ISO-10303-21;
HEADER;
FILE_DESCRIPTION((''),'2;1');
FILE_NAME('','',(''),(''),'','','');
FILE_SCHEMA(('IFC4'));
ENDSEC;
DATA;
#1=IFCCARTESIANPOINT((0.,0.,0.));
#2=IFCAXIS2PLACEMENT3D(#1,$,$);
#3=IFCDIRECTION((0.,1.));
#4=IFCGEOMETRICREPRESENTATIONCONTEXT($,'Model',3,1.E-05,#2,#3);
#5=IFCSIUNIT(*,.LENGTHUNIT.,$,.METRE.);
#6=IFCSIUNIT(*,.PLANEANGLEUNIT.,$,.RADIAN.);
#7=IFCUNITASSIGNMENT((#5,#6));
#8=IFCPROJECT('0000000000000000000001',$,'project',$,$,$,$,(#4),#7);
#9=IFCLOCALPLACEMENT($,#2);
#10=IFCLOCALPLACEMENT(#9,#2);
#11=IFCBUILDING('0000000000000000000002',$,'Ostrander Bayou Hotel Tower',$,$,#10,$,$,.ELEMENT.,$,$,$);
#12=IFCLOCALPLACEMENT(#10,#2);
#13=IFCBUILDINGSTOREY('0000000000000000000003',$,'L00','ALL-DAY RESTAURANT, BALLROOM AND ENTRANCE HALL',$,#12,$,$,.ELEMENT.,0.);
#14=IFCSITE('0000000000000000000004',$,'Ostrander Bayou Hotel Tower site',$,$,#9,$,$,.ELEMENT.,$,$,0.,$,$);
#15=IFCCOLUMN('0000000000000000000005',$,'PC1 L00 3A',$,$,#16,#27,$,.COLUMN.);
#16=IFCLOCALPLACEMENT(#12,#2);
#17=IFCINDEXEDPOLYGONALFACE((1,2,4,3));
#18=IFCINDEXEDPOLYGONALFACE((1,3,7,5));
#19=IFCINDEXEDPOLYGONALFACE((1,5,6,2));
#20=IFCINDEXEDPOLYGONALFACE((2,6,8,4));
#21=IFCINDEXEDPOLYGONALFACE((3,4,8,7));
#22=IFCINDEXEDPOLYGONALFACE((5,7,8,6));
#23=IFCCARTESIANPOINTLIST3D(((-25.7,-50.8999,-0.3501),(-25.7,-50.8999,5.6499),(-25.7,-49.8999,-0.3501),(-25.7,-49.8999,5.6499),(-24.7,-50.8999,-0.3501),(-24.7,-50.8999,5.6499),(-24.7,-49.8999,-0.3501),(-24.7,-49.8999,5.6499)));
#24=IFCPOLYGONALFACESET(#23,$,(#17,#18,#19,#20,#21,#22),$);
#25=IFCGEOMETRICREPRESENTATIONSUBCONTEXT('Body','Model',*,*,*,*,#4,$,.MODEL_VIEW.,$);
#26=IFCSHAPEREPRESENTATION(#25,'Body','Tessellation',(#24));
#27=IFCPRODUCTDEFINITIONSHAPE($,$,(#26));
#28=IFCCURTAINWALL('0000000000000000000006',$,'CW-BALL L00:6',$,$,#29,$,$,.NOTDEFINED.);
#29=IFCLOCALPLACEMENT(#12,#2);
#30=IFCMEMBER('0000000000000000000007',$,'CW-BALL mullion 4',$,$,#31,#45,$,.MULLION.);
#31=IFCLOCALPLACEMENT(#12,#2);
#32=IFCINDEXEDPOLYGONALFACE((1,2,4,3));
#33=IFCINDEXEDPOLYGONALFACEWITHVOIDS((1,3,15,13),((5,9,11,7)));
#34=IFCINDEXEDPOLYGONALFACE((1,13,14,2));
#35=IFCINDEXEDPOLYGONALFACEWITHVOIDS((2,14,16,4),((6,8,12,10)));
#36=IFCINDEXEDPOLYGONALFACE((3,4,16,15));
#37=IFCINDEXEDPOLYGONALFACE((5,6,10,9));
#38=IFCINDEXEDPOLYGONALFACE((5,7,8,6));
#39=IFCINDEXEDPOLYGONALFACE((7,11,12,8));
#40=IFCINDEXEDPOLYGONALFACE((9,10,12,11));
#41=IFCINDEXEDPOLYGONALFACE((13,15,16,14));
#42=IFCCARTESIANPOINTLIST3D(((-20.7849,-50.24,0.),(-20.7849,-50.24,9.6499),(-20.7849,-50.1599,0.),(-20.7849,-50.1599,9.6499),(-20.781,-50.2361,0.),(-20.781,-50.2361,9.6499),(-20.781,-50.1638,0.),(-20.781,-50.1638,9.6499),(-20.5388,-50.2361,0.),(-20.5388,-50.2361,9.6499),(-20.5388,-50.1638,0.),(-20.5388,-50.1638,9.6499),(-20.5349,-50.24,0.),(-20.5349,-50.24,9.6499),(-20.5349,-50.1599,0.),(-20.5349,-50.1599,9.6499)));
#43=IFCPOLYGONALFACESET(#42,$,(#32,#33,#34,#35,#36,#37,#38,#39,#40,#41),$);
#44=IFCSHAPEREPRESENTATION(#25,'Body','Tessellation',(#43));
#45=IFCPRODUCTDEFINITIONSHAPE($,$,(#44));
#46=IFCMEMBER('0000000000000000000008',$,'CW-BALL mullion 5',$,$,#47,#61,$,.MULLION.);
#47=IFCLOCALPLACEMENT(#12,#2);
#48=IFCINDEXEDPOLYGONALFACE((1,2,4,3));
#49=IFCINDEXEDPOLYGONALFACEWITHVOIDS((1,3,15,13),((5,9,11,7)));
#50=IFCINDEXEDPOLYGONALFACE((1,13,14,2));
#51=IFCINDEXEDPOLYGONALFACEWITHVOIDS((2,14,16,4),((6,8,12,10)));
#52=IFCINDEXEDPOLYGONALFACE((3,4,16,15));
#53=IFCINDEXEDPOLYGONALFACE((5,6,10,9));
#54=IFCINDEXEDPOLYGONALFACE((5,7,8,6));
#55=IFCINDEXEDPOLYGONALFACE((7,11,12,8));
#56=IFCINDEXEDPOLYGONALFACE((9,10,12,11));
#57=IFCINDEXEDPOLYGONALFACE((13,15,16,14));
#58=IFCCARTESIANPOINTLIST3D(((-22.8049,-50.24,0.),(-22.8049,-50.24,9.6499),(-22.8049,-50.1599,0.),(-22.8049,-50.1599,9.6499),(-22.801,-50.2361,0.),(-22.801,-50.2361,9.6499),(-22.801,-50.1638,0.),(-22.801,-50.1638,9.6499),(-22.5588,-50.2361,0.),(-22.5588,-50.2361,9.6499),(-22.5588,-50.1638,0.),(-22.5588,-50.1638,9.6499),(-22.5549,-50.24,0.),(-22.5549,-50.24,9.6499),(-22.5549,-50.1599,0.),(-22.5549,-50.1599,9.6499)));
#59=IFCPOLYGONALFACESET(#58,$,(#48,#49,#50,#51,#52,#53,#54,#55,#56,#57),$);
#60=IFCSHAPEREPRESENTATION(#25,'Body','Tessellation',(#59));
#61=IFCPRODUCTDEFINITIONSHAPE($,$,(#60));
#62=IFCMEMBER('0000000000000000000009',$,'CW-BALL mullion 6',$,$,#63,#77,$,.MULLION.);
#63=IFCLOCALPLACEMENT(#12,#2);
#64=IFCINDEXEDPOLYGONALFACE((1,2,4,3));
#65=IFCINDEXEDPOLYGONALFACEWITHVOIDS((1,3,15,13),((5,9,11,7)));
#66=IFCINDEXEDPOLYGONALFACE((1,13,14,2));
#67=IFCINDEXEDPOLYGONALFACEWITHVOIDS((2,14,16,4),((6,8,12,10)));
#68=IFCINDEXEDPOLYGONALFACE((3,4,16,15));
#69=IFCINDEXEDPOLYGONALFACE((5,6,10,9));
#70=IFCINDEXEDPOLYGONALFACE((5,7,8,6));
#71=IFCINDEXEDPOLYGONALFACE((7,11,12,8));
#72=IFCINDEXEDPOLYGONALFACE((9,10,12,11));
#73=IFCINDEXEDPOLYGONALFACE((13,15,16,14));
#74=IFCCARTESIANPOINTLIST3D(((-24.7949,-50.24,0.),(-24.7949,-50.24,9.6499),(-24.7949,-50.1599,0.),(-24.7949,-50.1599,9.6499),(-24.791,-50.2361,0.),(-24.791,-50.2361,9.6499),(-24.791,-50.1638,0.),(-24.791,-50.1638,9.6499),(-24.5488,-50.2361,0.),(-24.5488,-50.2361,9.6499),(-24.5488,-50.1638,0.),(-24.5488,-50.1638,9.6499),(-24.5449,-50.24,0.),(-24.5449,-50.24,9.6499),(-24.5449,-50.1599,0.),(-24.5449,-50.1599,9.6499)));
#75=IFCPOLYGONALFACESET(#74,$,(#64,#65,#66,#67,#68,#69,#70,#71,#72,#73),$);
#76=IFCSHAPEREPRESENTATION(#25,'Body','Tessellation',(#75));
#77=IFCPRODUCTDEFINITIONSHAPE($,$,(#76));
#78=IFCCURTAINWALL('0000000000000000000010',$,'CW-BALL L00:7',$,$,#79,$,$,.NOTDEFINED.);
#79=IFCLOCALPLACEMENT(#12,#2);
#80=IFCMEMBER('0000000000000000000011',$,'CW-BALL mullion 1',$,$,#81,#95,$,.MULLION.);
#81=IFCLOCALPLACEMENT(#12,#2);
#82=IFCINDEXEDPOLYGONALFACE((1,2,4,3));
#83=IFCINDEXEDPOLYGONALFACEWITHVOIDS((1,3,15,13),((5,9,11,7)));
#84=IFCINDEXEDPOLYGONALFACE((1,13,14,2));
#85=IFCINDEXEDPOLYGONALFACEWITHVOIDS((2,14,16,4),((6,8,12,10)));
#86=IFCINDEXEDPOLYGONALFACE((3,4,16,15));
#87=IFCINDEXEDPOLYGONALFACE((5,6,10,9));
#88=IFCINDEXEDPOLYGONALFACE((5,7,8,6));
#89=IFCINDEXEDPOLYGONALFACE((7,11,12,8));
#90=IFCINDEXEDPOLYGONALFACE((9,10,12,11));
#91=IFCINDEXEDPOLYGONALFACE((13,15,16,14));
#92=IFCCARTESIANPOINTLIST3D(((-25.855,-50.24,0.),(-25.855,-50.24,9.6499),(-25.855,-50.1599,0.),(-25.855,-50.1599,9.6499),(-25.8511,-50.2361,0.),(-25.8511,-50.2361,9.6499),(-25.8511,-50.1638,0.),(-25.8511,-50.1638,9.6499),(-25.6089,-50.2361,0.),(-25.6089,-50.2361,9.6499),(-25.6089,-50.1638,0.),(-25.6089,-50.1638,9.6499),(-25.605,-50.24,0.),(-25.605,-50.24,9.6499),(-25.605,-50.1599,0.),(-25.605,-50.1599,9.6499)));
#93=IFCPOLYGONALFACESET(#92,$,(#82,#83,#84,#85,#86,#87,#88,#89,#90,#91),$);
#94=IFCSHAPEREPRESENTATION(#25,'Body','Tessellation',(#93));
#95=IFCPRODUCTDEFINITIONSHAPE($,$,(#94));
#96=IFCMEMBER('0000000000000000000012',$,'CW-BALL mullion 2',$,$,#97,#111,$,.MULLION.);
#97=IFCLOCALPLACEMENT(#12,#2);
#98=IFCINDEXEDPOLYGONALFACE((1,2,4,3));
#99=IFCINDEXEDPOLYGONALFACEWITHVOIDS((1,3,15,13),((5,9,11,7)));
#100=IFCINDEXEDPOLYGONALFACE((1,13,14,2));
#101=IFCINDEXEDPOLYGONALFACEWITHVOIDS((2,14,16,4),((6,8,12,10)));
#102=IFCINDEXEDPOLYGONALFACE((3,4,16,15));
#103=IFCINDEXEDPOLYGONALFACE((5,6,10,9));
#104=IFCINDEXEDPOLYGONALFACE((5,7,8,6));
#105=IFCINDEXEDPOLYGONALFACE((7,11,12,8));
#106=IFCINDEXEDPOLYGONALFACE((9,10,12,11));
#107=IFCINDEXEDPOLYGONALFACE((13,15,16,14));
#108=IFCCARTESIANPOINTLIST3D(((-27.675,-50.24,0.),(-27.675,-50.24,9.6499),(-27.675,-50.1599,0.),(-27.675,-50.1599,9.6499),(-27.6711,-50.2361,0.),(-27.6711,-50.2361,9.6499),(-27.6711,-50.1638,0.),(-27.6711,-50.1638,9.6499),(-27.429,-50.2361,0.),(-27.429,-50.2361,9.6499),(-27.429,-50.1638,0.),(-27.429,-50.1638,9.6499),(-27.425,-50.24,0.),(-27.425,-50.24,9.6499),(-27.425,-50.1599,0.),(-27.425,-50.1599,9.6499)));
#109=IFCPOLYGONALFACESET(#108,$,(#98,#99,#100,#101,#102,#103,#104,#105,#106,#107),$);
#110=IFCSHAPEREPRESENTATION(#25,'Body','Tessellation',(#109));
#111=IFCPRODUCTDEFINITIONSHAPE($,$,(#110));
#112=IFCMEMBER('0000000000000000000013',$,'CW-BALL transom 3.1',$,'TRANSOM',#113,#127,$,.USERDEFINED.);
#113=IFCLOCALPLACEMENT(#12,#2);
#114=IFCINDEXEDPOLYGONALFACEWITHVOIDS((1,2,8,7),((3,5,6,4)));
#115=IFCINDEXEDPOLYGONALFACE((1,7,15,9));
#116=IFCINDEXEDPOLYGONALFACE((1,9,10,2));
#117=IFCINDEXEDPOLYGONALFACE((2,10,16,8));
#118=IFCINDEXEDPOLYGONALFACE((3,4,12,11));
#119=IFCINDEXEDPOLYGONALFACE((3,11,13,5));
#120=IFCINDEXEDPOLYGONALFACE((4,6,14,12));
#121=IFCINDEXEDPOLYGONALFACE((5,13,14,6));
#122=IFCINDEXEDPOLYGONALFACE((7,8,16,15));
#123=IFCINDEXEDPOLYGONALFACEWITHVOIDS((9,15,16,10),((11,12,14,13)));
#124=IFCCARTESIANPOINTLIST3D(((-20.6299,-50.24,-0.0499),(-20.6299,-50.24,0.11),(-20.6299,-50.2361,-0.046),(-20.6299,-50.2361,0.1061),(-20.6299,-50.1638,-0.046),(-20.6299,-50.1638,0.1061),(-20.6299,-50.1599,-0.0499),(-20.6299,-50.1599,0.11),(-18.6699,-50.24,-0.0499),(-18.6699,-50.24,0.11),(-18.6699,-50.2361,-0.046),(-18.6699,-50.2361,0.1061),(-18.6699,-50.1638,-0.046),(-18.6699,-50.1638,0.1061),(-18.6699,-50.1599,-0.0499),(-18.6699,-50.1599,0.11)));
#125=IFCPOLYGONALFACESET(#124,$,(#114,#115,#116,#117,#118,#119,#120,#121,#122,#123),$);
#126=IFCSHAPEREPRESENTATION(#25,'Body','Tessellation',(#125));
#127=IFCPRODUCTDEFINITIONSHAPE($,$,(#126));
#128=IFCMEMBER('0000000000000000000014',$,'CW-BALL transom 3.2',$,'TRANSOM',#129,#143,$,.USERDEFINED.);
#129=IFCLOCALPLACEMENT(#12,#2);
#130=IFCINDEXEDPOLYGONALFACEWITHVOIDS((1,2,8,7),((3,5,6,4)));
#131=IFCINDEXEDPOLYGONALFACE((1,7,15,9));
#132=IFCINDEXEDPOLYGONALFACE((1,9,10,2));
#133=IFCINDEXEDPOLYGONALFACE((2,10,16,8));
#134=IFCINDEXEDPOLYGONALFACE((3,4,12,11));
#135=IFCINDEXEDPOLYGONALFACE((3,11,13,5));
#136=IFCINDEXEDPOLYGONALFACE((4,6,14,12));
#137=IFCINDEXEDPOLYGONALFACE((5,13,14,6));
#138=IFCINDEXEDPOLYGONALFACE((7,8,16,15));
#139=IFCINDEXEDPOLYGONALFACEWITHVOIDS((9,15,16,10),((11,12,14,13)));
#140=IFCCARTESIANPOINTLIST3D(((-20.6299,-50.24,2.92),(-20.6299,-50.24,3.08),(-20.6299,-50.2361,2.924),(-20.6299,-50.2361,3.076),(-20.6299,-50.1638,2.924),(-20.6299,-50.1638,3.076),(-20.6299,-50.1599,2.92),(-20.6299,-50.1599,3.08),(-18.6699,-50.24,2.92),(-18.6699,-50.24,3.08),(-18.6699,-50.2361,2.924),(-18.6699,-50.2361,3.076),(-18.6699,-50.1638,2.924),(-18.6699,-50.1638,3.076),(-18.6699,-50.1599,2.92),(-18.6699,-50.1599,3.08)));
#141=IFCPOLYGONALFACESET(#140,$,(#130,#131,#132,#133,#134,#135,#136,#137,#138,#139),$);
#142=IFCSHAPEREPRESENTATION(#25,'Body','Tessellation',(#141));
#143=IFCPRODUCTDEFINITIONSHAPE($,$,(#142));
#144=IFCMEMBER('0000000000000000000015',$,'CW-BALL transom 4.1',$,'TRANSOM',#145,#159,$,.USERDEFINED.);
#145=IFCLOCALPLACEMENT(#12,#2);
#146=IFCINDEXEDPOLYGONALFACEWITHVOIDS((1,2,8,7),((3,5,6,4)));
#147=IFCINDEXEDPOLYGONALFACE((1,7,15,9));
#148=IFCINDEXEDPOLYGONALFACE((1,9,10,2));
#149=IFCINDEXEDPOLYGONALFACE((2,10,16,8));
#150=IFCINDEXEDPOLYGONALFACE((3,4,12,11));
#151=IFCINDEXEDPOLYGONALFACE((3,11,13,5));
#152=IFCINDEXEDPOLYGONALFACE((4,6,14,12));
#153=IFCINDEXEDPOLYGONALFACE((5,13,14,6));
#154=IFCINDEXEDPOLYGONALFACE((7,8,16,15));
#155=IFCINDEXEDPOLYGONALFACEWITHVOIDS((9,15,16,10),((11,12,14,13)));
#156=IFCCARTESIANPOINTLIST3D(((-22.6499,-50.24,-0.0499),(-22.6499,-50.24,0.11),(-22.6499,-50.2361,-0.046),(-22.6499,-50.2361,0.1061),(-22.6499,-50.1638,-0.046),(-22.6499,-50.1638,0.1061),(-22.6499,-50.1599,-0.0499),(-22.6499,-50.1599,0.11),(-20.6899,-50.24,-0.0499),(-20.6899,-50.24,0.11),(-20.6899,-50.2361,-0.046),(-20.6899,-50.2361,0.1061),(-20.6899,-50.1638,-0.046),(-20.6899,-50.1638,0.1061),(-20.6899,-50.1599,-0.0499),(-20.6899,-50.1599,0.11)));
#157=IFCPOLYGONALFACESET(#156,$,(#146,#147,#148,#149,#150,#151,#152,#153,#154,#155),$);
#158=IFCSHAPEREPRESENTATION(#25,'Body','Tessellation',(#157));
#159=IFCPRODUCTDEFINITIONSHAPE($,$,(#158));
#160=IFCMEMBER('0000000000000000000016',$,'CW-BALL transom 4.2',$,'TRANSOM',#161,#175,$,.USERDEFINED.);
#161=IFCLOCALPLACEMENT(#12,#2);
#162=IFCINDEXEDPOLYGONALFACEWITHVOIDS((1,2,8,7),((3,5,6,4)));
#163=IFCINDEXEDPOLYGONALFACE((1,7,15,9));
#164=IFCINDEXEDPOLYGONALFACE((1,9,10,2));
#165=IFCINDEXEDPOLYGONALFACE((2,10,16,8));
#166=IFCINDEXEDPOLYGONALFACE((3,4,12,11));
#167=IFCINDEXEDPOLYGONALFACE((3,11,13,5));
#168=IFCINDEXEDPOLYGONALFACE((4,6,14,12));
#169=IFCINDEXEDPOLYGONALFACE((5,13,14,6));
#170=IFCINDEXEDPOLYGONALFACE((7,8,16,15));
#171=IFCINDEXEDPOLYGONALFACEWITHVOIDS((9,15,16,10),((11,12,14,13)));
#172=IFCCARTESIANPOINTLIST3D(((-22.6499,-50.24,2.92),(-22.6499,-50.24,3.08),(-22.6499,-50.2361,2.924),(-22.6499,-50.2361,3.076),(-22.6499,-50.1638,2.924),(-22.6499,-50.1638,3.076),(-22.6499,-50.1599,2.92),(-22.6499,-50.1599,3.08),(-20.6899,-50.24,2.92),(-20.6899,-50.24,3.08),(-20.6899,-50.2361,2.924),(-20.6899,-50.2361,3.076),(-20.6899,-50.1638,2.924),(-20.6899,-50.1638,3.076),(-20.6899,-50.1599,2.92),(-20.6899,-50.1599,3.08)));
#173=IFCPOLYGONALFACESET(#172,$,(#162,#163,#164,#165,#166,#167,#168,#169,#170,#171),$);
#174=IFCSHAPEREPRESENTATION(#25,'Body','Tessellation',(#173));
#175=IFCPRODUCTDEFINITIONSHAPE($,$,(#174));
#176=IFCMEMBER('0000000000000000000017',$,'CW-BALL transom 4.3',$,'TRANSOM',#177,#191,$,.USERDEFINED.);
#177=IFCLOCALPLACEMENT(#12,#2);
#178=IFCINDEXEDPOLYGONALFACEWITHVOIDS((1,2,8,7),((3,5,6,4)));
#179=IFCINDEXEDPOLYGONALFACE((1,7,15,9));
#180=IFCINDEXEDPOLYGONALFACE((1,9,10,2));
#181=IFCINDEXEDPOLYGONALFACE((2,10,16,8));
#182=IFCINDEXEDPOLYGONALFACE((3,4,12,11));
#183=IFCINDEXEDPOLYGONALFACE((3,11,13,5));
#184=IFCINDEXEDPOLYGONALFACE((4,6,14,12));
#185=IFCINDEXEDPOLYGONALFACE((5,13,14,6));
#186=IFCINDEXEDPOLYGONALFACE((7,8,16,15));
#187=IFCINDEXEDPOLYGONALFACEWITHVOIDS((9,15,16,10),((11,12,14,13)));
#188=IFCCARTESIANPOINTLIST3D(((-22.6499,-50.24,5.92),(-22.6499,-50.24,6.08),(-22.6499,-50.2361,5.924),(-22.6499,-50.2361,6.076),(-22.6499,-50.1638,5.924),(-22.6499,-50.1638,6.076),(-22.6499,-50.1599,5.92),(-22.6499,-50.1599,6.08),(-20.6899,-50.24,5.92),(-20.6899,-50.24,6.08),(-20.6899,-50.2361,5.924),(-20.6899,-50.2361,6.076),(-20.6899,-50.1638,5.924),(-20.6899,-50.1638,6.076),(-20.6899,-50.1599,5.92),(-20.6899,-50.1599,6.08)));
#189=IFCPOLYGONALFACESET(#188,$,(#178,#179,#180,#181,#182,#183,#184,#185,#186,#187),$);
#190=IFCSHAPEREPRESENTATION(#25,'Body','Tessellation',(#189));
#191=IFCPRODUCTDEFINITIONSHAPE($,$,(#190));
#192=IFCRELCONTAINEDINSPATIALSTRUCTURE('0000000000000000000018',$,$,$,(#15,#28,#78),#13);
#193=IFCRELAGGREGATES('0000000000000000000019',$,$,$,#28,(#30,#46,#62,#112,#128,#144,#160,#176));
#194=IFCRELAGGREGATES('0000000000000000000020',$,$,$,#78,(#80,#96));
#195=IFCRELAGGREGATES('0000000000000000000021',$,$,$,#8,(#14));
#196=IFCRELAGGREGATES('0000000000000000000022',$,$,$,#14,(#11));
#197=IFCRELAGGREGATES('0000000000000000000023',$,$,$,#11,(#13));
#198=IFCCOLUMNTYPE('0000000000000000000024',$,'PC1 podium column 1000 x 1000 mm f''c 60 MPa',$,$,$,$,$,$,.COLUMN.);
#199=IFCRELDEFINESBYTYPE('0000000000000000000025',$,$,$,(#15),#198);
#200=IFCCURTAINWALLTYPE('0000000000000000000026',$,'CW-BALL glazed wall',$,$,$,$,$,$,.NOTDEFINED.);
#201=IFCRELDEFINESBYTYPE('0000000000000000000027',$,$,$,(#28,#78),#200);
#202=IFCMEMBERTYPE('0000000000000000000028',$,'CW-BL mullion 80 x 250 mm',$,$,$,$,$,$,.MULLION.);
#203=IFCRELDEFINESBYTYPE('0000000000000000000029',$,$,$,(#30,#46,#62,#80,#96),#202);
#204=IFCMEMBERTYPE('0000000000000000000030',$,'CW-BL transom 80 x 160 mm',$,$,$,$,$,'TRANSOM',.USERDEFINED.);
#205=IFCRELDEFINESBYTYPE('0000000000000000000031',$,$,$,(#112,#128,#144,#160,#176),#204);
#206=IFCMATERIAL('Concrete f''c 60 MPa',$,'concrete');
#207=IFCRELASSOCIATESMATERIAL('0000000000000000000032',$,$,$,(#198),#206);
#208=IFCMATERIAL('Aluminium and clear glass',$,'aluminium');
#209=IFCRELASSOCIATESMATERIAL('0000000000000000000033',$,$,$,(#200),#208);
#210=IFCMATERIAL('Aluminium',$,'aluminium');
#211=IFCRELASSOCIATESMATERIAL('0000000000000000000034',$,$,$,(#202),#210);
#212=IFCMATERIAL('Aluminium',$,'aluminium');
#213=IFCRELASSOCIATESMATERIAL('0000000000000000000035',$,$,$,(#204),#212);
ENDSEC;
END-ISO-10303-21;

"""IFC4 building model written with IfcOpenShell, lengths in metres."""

from ifc_helpers import new_model, si_unit, direction, frame, origin, origin_2d, place, context, subcontext, project, spatial, rectangle, hollow_rectangle, extrude, material, material_profile, profile_set, type_object, element, aggregate, save


model = new_model("IFC4")

# Units and contexts
model_context = context("Model", 3, precision=1e-05, world=origin(), true_north=direction((0.0, 1.0)))
body_context = subcontext(model_context, "Body", "Model", "MODEL_VIEW")
ifc_project = project(units=[si_unit("LENGTHUNIT", "METRE"), si_unit("PLANEANGLEUNIT", "RADIAN")], contexts=[model_context])

# Site, building, storey
site_placement = place(None, origin())
site = spatial("IfcSite", under=ifc_project, at=site_placement, Name="Ostrander Bayou Hotel Tower site", CompositionType="ELEMENT", RefElevation=0.0)
building_placement = place(site_placement, origin())
building = spatial("IfcBuilding", under=site, at=building_placement, Name="Ostrander Bayou Hotel Tower", CompositionType="ELEMENT")
storey_placement = place(building_placement, origin())
storey = spatial("IfcBuildingStorey", under=building, at=storey_placement, Name="L00", Description="ALL-DAY RESTAURANT, BALLROOM AND ENTRANCE HALL", CompositionType="ELEMENT", Elevation=0.0)

# Column
ifc_material_1 = material(Name="Concrete f'c 60 MPa", Category="concrete")
ifc_material_profile_1 = material_profile(ifc_material_1, rectangle(XDim=1.0, YDim=1.0, at=origin_2d()))
ifc_profile_set_1 = profile_set([ifc_material_profile_1], Name="Concrete f'c 60 MPa")
column_type = type_object("IfcColumnType", Name="PC1 podium column 1000 x 1000 mm f'c 60 MPa", PredefinedType="COLUMN", material=ifc_profile_set_1)
column_placement = place(storey_placement, frame((-25.2, -50.3999, -0.3501), z_axis=(0.0, 0.0, 1.0), x_axis=(1.0, 0.0, 0.0)))
element("IfcColumn", 1, at=column_placement, inside=storey, type_object=column_type, Name="PC1 L00 3A", PredefinedType="COLUMN", context=body_context, shape_type="SweptSolid", body=[
    extrude(rectangle(XDim=1.0, YDim=1.0, at=origin_2d()), origin(), (0.0, 0.0, 1.0), 6.0),
])

# Curtain walls, members
ifc_material_2 = material(Name="Aluminium and clear glass", Category="aluminium")
curtain_wall_type = type_object("IfcCurtainWallType", Name="CW-BALL glazed wall", PredefinedType="NOTDEFINED", material=ifc_material_2)
curtain_wall_1_placement = place(storey_placement, origin())
curtain_wall_1 = element("IfcCurtainWall", 2, at=curtain_wall_1_placement, inside=storey, type_object=curtain_wall_type, Name="CW-BALL L00:6", PredefinedType="NOTDEFINED")
ifc_material_3 = material(Name="Aluminium", Category="aluminium")
ifc_material_profile_2 = material_profile(ifc_material_3, hollow_rectangle(XDim=0.0801, YDim=0.25, WallThickness=0.0039, at=origin_2d()))
ifc_profile_set_2 = profile_set([ifc_material_profile_2], Name="Aluminium")
member_type_1 = type_object("IfcMemberType", Name="CW-BL mullion 80 x 250 mm", PredefinedType="MULLION", material=ifc_profile_set_2)
member_1_placement = place(storey_placement, frame((-20.6599, -50.2, 0.0), z_axis=(0.0, 0.0, 1.0), x_axis=(0.0, -1.0, 0.0)))
member_1 = element("IfcMember", 3, at=member_1_placement, type_object=member_type_1, Name="CW-BALL mullion 4", PredefinedType="MULLION", context=body_context, shape_type="SweptSolid", body=[
    extrude(hollow_rectangle(XDim=0.0801, YDim=0.25, WallThickness=0.0039, at=origin_2d()), origin(), (0.0, 0.0, 1.0), 9.6499),
])
member_2_placement = place(storey_placement, frame((-22.6799, -50.2, 0.0), z_axis=(0.0, 0.0, 1.0), x_axis=(0.0, -1.0, 0.0)))
member_2 = element("IfcMember", 4, at=member_2_placement, type_object=member_type_1, Name="CW-BALL mullion 5", PredefinedType="MULLION", context=body_context, shape_type="SweptSolid", body=[
    extrude(hollow_rectangle(XDim=0.0801, YDim=0.25, WallThickness=0.0039, at=origin_2d()), origin(), (0.0, 0.0, 1.0), 9.6499),
])
member_3_placement = place(storey_placement, frame((-24.6699, -50.2, 0.0), z_axis=(0.0, 0.0, 1.0), x_axis=(0.0, -1.0, 0.0)))
member_3 = element("IfcMember", 5, at=member_3_placement, type_object=member_type_1, Name="CW-BALL mullion 6", PredefinedType="MULLION", context=body_context, shape_type="SweptSolid", body=[
    extrude(hollow_rectangle(XDim=0.0801, YDim=0.25, WallThickness=0.0039, at=origin_2d()), origin(), (0.0, 0.0, 1.0), 9.6499),
])
curtain_wall_2_placement = place(storey_placement, origin())
curtain_wall_2 = element("IfcCurtainWall", 6, at=curtain_wall_2_placement, inside=storey, type_object=curtain_wall_type, Name="CW-BALL L00:7", PredefinedType="NOTDEFINED")
member_4_placement = place(storey_placement, frame((-25.73, -50.2, 0.0), z_axis=(0.0, 0.0, 1.0), x_axis=(0.0, -1.0, 0.0)))
member_4 = element("IfcMember", 7, at=member_4_placement, type_object=member_type_1, Name="CW-BALL mullion 1", PredefinedType="MULLION", context=body_context, shape_type="SweptSolid", body=[
    extrude(hollow_rectangle(XDim=0.0801, YDim=0.25, WallThickness=0.0039, at=origin_2d()), origin(), (0.0, 0.0, 1.0), 9.6499),
])
member_5_placement = place(storey_placement, frame((-27.55, -50.2, 0.0), z_axis=(0.0, 0.0, 1.0), x_axis=(0.0, -1.0, 0.0)))
member_5 = element("IfcMember", 8, at=member_5_placement, type_object=member_type_1, Name="CW-BALL mullion 2", PredefinedType="MULLION", context=body_context, shape_type="SweptSolid", body=[
    extrude(hollow_rectangle(XDim=0.0801, YDim=0.25, WallThickness=0.0039, at=origin_2d()), origin(), (0.0, 0.0, 1.0), 9.6499),
])

# Members
ifc_material_4 = material(Name="Aluminium", Category="aluminium")
ifc_material_profile_3 = material_profile(ifc_material_4, hollow_rectangle(XDim=0.0801, YDim=0.1599, WallThickness=0.0039, at=origin_2d()))
ifc_profile_set_3 = profile_set([ifc_material_profile_3], Name="Aluminium")
member_type_2 = type_object("IfcMemberType", Name="CW-BL transom 80 x 160 mm", ElementType="TRANSOM", PredefinedType="USERDEFINED", material=ifc_profile_set_3)
member_6_placement = place(storey_placement, frame((-18.6699, -50.2, 0.03), z_axis=(-1.0, 0.0, 0.0), x_axis=(0.0, -1.0, 0.0)))
member_6 = element("IfcMember", 9, at=member_6_placement, type_object=member_type_2, Name="CW-BALL transom 3.1", ObjectType="TRANSOM", PredefinedType="USERDEFINED", context=body_context, shape_type="SweptSolid", body=[
    extrude(hollow_rectangle(XDim=0.0801, YDim=0.1599, WallThickness=0.0039, at=origin_2d()), origin(), (0.0, 0.0, 1.0), 1.96),
])
member_7_placement = place(storey_placement, frame((-18.6699, -50.2, 3.0), z_axis=(-1.0, 0.0, 0.0), x_axis=(0.0, -1.0, 0.0)))
member_7 = element("IfcMember", 10, at=member_7_placement, type_object=member_type_2, Name="CW-BALL transom 3.2", ObjectType="TRANSOM", PredefinedType="USERDEFINED", context=body_context, shape_type="SweptSolid", body=[
    extrude(hollow_rectangle(XDim=0.0801, YDim=0.1599, WallThickness=0.0039, at=origin_2d()), origin(), (0.0, 0.0, 1.0), 1.96),
])
member_8_placement = place(storey_placement, frame((-20.6899, -50.2, 0.03), z_axis=(-1.0, 0.0, 0.0), x_axis=(0.0, -1.0, 0.0)))
member_8 = element("IfcMember", 11, at=member_8_placement, type_object=member_type_2, Name="CW-BALL transom 4.1", ObjectType="TRANSOM", PredefinedType="USERDEFINED", context=body_context, shape_type="SweptSolid", body=[
    extrude(hollow_rectangle(XDim=0.0801, YDim=0.1599, WallThickness=0.0039, at=origin_2d()), origin(), (0.0, 0.0, 1.0), 1.96),
])
member_9_placement = place(storey_placement, frame((-20.6899, -50.2, 3.0), z_axis=(-1.0, 0.0, 0.0), x_axis=(0.0, -1.0, 0.0)))
member_9 = element("IfcMember", 12, at=member_9_placement, type_object=member_type_2, Name="CW-BALL transom 4.2", ObjectType="TRANSOM", PredefinedType="USERDEFINED", context=body_context, shape_type="SweptSolid", body=[
    extrude(hollow_rectangle(XDim=0.0801, YDim=0.1599, WallThickness=0.0039, at=origin_2d()), origin(), (0.0, 0.0, 1.0), 1.96),
])
member_10_placement = place(storey_placement, frame((-20.6899, -50.2, 6.0), z_axis=(-1.0, 0.0, 0.0), x_axis=(0.0, -1.0, 0.0)))
member_10 = element("IfcMember", 13, at=member_10_placement, type_object=member_type_2, Name="CW-BALL transom 4.3", ObjectType="TRANSOM", PredefinedType="USERDEFINED", context=body_context, shape_type="SweptSolid", body=[
    extrude(hollow_rectangle(XDim=0.0801, YDim=0.1599, WallThickness=0.0039, at=origin_2d()), origin(), (0.0, 0.0, 1.0), 1.96),
])

aggregate(curtain_wall_1, [member_1, member_2, member_3, member_6, member_7, member_8, member_9, member_10])
aggregate(curtain_wall_2, [member_4, member_5])

save(model, "model.ifc")
